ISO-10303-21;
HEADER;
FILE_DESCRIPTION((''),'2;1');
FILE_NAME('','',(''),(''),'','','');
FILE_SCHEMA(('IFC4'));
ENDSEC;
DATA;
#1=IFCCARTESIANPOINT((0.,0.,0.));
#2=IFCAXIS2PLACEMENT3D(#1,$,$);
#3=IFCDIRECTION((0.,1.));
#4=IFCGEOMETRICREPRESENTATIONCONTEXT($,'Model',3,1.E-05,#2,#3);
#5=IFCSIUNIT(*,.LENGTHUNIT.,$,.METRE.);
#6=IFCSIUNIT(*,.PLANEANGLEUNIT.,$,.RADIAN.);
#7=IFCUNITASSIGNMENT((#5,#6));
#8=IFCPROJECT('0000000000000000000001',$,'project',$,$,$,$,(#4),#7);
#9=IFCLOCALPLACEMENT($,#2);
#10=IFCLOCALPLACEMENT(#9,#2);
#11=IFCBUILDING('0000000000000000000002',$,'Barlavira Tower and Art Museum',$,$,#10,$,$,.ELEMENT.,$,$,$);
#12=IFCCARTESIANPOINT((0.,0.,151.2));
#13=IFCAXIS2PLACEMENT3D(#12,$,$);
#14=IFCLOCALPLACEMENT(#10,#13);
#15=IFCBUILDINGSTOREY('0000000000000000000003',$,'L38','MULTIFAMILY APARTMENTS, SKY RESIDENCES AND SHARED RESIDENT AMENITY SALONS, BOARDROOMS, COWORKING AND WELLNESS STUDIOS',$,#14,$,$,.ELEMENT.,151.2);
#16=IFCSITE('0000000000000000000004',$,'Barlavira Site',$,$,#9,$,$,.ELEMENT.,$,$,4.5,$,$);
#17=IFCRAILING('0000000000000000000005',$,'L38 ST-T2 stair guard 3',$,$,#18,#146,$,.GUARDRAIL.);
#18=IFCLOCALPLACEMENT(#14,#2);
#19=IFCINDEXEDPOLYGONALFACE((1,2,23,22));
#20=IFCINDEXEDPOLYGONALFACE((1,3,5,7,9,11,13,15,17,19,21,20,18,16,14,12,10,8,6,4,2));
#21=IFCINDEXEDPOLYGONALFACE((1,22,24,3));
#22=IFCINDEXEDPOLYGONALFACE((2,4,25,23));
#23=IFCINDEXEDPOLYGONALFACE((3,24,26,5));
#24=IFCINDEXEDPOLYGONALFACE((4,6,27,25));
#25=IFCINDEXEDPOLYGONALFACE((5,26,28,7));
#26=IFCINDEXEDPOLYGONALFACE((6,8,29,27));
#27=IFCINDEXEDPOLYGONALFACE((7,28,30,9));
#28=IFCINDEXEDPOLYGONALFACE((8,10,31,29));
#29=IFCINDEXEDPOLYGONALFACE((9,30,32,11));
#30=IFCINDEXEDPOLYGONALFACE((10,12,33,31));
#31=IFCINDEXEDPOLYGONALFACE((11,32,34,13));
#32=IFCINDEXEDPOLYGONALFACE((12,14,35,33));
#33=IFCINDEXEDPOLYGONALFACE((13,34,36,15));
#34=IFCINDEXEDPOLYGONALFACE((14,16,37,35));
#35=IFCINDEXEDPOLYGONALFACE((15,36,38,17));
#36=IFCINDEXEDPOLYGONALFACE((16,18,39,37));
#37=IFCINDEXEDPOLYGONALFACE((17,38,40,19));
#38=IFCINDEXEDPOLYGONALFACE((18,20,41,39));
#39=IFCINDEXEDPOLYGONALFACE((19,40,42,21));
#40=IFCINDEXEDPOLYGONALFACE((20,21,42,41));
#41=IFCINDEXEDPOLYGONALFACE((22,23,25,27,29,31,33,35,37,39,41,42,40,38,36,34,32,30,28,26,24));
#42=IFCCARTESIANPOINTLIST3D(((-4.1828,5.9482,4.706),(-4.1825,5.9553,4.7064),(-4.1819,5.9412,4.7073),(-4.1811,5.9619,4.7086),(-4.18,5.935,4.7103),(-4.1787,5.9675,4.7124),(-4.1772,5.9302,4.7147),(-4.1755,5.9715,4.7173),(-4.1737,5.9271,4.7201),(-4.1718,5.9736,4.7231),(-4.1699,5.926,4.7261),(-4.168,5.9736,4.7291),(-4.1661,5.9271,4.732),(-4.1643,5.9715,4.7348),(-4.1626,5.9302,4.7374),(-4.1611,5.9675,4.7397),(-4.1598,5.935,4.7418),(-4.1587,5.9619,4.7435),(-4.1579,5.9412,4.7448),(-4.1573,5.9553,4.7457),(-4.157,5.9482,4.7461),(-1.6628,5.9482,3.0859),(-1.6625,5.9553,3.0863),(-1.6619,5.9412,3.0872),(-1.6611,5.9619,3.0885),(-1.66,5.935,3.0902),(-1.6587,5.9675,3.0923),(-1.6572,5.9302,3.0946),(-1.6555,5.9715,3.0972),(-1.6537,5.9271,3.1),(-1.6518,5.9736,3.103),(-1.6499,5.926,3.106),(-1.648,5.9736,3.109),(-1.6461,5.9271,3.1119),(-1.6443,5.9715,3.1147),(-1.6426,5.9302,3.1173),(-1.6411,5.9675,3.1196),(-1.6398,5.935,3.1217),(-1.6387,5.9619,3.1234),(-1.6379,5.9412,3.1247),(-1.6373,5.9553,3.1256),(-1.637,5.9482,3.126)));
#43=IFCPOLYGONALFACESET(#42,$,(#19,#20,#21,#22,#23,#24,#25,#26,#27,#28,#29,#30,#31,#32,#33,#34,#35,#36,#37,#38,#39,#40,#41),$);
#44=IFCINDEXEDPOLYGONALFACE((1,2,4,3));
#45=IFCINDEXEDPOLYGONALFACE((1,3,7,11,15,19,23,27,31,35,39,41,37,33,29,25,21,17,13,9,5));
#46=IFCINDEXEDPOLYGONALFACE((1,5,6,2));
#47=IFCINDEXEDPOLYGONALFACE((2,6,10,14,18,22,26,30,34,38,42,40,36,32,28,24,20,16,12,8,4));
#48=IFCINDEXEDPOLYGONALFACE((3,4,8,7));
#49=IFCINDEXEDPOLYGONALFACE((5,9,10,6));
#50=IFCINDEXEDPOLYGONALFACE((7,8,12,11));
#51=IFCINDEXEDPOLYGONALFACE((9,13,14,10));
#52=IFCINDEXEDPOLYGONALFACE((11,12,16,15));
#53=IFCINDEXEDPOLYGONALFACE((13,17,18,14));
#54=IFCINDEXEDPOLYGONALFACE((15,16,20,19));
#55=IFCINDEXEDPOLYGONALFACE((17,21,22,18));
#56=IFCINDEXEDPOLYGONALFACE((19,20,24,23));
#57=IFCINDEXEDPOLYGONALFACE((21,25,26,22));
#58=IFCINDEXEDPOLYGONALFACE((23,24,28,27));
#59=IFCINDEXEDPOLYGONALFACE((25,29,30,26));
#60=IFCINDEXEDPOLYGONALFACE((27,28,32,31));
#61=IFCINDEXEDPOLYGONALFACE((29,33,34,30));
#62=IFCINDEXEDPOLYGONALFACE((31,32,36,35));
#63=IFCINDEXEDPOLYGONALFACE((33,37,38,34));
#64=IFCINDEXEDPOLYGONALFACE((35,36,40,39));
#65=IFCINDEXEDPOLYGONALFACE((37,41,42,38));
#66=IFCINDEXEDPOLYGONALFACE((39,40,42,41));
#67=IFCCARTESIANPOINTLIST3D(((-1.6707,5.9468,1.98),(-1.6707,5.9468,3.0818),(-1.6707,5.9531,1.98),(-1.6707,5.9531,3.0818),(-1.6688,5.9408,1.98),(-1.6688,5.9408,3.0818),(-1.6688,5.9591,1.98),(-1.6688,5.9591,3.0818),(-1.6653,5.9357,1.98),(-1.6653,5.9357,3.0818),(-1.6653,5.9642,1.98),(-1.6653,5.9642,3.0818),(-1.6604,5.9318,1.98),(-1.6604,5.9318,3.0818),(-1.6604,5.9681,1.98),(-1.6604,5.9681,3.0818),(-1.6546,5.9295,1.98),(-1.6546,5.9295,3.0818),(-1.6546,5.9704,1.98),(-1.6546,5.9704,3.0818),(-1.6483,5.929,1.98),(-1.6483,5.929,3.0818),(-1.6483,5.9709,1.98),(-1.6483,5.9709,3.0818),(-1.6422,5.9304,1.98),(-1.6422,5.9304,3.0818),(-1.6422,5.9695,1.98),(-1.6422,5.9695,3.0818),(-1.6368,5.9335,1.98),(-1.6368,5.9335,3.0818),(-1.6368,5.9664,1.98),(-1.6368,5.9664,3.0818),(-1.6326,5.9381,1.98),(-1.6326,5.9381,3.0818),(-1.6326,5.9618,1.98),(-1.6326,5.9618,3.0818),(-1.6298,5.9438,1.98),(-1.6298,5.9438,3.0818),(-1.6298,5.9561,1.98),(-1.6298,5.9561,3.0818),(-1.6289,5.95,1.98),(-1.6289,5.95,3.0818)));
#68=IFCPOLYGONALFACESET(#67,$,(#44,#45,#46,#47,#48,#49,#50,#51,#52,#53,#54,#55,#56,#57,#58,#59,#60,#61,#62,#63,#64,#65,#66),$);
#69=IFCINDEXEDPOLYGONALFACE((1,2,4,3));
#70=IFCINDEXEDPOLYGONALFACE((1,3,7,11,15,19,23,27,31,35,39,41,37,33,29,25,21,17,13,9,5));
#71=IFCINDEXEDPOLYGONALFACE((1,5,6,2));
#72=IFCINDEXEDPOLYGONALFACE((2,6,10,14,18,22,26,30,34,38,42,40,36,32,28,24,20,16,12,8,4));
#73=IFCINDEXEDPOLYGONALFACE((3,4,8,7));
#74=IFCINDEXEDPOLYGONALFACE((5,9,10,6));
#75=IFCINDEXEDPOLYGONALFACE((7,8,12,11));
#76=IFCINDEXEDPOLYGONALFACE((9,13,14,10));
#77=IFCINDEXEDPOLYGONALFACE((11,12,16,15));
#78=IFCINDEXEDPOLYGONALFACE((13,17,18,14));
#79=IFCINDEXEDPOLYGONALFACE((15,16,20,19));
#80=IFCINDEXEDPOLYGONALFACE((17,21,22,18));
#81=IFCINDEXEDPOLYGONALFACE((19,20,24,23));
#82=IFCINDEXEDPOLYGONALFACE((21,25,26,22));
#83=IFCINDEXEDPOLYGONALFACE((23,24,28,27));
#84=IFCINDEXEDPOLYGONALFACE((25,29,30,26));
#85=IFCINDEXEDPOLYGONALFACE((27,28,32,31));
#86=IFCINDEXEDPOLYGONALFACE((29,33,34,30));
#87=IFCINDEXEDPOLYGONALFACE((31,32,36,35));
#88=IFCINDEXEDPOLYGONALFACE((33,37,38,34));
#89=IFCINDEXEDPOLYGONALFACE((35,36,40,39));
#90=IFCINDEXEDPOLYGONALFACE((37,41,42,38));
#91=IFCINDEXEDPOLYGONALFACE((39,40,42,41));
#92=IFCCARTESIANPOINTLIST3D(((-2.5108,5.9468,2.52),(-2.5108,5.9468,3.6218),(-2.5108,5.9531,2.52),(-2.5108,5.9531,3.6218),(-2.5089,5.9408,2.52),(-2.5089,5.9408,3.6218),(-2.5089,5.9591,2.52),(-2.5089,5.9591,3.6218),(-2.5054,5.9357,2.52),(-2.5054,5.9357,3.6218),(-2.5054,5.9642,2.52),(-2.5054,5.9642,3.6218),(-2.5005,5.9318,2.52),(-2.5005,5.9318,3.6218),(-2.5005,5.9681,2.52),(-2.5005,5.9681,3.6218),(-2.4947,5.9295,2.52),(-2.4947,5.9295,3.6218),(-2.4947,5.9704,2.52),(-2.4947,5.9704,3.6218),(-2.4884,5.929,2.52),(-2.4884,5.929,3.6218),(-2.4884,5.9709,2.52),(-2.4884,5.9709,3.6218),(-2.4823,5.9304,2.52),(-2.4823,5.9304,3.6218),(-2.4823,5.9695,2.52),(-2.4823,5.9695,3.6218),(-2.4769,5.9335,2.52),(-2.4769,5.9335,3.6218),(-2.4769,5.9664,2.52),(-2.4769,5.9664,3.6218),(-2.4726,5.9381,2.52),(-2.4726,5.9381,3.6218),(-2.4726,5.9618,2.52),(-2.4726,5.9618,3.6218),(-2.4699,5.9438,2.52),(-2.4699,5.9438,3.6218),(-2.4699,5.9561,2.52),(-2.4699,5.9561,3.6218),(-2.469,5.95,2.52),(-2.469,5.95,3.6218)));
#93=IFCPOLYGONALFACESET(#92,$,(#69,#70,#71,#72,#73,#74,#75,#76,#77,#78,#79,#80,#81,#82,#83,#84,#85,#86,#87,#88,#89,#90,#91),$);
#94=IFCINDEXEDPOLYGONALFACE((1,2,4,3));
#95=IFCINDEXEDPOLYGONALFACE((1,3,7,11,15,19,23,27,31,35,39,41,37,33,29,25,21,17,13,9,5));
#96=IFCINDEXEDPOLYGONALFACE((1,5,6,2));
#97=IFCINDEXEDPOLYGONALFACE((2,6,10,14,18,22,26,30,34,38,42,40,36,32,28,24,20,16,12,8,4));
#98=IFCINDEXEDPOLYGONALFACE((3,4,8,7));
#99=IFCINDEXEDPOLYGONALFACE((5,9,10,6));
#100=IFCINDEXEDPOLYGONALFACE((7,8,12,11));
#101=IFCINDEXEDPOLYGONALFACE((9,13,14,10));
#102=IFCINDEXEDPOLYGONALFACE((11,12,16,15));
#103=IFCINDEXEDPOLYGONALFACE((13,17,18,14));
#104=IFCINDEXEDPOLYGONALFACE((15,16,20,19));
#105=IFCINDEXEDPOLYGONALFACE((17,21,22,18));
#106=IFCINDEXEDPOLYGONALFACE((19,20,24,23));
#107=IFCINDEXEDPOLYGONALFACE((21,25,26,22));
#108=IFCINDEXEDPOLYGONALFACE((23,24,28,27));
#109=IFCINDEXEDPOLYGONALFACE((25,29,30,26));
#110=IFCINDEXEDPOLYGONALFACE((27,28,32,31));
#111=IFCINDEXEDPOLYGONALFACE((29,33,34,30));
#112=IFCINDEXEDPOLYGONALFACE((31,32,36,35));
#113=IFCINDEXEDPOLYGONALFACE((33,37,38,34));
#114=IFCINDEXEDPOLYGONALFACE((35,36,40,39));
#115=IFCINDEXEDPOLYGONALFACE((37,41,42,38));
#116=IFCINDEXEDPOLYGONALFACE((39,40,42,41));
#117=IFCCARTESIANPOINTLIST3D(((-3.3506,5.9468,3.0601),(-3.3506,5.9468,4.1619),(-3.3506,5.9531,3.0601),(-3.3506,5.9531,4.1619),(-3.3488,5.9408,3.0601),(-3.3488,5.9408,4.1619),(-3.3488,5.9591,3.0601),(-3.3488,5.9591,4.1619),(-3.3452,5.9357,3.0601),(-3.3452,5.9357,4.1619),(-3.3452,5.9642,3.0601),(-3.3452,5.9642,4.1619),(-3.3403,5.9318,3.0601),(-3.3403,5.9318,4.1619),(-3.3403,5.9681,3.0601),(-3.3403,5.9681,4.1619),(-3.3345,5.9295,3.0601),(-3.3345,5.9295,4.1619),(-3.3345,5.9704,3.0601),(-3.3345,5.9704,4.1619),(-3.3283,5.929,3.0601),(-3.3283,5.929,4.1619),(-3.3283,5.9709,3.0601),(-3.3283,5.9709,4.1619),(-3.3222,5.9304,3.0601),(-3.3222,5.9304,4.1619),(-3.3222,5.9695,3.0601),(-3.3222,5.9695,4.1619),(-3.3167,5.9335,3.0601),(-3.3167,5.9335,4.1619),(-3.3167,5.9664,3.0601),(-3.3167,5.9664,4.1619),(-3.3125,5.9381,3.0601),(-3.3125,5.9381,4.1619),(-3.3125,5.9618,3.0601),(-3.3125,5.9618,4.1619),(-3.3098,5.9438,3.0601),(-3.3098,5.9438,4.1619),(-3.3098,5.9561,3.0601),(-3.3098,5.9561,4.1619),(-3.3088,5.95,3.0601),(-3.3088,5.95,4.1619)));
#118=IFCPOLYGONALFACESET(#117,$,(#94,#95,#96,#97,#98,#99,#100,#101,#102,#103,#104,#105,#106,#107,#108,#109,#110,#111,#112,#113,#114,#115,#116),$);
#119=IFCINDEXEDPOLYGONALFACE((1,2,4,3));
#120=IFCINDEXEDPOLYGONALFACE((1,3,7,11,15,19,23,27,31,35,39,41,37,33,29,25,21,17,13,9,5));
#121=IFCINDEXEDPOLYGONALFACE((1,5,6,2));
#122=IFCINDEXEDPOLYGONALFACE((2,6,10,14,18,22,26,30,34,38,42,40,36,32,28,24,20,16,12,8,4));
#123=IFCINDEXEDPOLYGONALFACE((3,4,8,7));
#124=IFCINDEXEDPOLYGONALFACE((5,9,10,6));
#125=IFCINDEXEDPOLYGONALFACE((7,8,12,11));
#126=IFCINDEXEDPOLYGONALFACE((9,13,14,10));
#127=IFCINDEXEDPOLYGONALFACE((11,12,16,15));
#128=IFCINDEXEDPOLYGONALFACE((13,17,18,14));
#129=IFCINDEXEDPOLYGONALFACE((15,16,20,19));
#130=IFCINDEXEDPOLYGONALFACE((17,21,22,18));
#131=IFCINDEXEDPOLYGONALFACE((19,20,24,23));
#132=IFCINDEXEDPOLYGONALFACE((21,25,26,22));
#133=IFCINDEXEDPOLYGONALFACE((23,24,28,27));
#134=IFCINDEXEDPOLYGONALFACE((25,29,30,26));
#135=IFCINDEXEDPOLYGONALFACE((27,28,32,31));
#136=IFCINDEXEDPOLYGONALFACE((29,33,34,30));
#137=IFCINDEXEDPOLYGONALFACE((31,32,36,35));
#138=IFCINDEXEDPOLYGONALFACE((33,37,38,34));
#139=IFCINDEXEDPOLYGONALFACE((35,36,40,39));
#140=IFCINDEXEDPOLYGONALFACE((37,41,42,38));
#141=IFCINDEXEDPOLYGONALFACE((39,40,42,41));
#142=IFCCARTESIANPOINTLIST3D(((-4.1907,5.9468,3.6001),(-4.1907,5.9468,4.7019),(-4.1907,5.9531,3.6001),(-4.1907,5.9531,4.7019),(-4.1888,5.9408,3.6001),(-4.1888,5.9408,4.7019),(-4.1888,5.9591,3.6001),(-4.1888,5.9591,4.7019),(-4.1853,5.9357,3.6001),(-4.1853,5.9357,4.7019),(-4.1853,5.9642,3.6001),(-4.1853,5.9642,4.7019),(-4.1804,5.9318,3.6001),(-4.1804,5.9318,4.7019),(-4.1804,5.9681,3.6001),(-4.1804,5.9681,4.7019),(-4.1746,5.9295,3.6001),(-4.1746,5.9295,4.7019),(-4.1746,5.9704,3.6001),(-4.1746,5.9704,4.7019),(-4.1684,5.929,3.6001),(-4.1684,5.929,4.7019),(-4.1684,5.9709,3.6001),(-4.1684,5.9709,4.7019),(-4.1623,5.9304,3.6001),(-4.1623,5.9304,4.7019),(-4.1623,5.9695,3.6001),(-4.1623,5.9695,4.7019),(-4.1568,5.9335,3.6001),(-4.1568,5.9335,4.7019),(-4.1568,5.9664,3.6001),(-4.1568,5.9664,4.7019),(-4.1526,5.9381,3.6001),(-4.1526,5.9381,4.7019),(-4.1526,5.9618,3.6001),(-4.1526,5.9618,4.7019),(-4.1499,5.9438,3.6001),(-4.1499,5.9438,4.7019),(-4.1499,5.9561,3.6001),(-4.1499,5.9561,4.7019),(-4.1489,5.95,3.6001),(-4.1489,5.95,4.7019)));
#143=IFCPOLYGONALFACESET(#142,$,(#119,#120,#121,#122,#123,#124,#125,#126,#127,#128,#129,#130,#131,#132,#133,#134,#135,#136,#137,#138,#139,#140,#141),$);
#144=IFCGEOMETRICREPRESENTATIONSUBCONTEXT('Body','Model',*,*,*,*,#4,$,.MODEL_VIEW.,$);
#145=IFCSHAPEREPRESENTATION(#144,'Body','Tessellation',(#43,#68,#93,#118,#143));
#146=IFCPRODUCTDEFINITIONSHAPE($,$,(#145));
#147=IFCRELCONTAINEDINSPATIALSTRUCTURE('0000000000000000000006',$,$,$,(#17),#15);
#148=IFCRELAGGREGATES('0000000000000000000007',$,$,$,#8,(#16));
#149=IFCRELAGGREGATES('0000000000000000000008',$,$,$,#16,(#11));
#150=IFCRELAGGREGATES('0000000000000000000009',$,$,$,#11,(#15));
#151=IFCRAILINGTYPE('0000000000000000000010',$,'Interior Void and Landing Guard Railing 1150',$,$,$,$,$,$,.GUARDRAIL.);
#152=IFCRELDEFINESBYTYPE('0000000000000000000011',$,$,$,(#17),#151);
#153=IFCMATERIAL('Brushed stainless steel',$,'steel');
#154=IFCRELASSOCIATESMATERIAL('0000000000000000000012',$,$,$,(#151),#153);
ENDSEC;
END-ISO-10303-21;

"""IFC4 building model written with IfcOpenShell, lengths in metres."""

from ifc_helpers import new_model, si_unit, direction, frame, origin, origin_2d, place, context, subcontext, project, spatial, circle, extrude, material, type_object, element, save


model = new_model("IFC4")

# Units and contexts
model_context = context("Model", 3, precision=1e-05, world=origin(), true_north=direction((0.0, 1.0)))
body_context = subcontext(model_context, "Body", "Model", "MODEL_VIEW")
ifc_project = project(units=[si_unit("LENGTHUNIT", "METRE"), si_unit("PLANEANGLEUNIT", "RADIAN")], contexts=[model_context])

# Site, building, storey
site_placement = place(None, origin())
site = spatial("IfcSite", under=ifc_project, at=site_placement, Name="Barlavira Site", CompositionType="ELEMENT", RefElevation=4.5)
building_placement = place(site_placement, origin())
building = spatial("IfcBuilding", under=site, at=building_placement, Name="Barlavira Tower and Art Museum", CompositionType="ELEMENT")
storey_placement = place(building_placement, frame((0.0, 0.0, 151.2)))
storey = spatial("IfcBuildingStorey", under=building, at=storey_placement, Name="L38", Description="MULTIFAMILY APARTMENTS, SKY RESIDENCES AND SHARED RESIDENT AMENITY SALONS, BOARDROOMS, COWORKING AND WELLNESS STUDIOS", CompositionType="ELEMENT", Elevation=151.2)

# Shared definitions
ifc_material_1 = material(Name="Brushed stainless steel", Category="steel")

# Railing
railing_type_1 = type_object("IfcRailingType", Name="Interior Void and Landing Guard Railing 1150", PredefinedType="GUARDRAIL", material=ifc_material_1)
railing_1_placement = place(storey_placement, frame((-1.6499, 5.95, 1.98)))
element("IfcRailing", 1, at=railing_1_placement, inside=storey, type_object=railing_type_1, Name="L38 ST-T2 stair guard 3", PredefinedType="GUARDRAIL", context=body_context, shape_type="SweptSolid", body=[
    extrude(circle(Radius=0.0239, at=origin_2d()), frame((0.0, 0.0, 1.126), z_axis=(-0.841163, 0.0, 0.540782), x_axis=(0.0, -1.0, 0.0)), (0.0, 0.0, 1.0), 2.9958),
    extrude(circle(Radius=0.021, at=origin_2d()), origin(), (0.0, 0.0, 1.0), 1.1018),
    extrude(circle(Radius=0.021, at=origin_2d()), frame((-0.8401, 0.0, 0.54)), (0.0, 0.0, 1.0), 1.1018),
    extrude(circle(Radius=0.021, at=origin_2d()), frame((-1.6799, 0.0, 1.0801)), (0.0, 0.0, 1.0), 1.1018),
    extrude(circle(Radius=0.021, at=origin_2d()), frame((-2.52, 0.0, 1.6201)), (0.0, 0.0, 1.0), 1.1018),
])

save(model, "model.ifc")
